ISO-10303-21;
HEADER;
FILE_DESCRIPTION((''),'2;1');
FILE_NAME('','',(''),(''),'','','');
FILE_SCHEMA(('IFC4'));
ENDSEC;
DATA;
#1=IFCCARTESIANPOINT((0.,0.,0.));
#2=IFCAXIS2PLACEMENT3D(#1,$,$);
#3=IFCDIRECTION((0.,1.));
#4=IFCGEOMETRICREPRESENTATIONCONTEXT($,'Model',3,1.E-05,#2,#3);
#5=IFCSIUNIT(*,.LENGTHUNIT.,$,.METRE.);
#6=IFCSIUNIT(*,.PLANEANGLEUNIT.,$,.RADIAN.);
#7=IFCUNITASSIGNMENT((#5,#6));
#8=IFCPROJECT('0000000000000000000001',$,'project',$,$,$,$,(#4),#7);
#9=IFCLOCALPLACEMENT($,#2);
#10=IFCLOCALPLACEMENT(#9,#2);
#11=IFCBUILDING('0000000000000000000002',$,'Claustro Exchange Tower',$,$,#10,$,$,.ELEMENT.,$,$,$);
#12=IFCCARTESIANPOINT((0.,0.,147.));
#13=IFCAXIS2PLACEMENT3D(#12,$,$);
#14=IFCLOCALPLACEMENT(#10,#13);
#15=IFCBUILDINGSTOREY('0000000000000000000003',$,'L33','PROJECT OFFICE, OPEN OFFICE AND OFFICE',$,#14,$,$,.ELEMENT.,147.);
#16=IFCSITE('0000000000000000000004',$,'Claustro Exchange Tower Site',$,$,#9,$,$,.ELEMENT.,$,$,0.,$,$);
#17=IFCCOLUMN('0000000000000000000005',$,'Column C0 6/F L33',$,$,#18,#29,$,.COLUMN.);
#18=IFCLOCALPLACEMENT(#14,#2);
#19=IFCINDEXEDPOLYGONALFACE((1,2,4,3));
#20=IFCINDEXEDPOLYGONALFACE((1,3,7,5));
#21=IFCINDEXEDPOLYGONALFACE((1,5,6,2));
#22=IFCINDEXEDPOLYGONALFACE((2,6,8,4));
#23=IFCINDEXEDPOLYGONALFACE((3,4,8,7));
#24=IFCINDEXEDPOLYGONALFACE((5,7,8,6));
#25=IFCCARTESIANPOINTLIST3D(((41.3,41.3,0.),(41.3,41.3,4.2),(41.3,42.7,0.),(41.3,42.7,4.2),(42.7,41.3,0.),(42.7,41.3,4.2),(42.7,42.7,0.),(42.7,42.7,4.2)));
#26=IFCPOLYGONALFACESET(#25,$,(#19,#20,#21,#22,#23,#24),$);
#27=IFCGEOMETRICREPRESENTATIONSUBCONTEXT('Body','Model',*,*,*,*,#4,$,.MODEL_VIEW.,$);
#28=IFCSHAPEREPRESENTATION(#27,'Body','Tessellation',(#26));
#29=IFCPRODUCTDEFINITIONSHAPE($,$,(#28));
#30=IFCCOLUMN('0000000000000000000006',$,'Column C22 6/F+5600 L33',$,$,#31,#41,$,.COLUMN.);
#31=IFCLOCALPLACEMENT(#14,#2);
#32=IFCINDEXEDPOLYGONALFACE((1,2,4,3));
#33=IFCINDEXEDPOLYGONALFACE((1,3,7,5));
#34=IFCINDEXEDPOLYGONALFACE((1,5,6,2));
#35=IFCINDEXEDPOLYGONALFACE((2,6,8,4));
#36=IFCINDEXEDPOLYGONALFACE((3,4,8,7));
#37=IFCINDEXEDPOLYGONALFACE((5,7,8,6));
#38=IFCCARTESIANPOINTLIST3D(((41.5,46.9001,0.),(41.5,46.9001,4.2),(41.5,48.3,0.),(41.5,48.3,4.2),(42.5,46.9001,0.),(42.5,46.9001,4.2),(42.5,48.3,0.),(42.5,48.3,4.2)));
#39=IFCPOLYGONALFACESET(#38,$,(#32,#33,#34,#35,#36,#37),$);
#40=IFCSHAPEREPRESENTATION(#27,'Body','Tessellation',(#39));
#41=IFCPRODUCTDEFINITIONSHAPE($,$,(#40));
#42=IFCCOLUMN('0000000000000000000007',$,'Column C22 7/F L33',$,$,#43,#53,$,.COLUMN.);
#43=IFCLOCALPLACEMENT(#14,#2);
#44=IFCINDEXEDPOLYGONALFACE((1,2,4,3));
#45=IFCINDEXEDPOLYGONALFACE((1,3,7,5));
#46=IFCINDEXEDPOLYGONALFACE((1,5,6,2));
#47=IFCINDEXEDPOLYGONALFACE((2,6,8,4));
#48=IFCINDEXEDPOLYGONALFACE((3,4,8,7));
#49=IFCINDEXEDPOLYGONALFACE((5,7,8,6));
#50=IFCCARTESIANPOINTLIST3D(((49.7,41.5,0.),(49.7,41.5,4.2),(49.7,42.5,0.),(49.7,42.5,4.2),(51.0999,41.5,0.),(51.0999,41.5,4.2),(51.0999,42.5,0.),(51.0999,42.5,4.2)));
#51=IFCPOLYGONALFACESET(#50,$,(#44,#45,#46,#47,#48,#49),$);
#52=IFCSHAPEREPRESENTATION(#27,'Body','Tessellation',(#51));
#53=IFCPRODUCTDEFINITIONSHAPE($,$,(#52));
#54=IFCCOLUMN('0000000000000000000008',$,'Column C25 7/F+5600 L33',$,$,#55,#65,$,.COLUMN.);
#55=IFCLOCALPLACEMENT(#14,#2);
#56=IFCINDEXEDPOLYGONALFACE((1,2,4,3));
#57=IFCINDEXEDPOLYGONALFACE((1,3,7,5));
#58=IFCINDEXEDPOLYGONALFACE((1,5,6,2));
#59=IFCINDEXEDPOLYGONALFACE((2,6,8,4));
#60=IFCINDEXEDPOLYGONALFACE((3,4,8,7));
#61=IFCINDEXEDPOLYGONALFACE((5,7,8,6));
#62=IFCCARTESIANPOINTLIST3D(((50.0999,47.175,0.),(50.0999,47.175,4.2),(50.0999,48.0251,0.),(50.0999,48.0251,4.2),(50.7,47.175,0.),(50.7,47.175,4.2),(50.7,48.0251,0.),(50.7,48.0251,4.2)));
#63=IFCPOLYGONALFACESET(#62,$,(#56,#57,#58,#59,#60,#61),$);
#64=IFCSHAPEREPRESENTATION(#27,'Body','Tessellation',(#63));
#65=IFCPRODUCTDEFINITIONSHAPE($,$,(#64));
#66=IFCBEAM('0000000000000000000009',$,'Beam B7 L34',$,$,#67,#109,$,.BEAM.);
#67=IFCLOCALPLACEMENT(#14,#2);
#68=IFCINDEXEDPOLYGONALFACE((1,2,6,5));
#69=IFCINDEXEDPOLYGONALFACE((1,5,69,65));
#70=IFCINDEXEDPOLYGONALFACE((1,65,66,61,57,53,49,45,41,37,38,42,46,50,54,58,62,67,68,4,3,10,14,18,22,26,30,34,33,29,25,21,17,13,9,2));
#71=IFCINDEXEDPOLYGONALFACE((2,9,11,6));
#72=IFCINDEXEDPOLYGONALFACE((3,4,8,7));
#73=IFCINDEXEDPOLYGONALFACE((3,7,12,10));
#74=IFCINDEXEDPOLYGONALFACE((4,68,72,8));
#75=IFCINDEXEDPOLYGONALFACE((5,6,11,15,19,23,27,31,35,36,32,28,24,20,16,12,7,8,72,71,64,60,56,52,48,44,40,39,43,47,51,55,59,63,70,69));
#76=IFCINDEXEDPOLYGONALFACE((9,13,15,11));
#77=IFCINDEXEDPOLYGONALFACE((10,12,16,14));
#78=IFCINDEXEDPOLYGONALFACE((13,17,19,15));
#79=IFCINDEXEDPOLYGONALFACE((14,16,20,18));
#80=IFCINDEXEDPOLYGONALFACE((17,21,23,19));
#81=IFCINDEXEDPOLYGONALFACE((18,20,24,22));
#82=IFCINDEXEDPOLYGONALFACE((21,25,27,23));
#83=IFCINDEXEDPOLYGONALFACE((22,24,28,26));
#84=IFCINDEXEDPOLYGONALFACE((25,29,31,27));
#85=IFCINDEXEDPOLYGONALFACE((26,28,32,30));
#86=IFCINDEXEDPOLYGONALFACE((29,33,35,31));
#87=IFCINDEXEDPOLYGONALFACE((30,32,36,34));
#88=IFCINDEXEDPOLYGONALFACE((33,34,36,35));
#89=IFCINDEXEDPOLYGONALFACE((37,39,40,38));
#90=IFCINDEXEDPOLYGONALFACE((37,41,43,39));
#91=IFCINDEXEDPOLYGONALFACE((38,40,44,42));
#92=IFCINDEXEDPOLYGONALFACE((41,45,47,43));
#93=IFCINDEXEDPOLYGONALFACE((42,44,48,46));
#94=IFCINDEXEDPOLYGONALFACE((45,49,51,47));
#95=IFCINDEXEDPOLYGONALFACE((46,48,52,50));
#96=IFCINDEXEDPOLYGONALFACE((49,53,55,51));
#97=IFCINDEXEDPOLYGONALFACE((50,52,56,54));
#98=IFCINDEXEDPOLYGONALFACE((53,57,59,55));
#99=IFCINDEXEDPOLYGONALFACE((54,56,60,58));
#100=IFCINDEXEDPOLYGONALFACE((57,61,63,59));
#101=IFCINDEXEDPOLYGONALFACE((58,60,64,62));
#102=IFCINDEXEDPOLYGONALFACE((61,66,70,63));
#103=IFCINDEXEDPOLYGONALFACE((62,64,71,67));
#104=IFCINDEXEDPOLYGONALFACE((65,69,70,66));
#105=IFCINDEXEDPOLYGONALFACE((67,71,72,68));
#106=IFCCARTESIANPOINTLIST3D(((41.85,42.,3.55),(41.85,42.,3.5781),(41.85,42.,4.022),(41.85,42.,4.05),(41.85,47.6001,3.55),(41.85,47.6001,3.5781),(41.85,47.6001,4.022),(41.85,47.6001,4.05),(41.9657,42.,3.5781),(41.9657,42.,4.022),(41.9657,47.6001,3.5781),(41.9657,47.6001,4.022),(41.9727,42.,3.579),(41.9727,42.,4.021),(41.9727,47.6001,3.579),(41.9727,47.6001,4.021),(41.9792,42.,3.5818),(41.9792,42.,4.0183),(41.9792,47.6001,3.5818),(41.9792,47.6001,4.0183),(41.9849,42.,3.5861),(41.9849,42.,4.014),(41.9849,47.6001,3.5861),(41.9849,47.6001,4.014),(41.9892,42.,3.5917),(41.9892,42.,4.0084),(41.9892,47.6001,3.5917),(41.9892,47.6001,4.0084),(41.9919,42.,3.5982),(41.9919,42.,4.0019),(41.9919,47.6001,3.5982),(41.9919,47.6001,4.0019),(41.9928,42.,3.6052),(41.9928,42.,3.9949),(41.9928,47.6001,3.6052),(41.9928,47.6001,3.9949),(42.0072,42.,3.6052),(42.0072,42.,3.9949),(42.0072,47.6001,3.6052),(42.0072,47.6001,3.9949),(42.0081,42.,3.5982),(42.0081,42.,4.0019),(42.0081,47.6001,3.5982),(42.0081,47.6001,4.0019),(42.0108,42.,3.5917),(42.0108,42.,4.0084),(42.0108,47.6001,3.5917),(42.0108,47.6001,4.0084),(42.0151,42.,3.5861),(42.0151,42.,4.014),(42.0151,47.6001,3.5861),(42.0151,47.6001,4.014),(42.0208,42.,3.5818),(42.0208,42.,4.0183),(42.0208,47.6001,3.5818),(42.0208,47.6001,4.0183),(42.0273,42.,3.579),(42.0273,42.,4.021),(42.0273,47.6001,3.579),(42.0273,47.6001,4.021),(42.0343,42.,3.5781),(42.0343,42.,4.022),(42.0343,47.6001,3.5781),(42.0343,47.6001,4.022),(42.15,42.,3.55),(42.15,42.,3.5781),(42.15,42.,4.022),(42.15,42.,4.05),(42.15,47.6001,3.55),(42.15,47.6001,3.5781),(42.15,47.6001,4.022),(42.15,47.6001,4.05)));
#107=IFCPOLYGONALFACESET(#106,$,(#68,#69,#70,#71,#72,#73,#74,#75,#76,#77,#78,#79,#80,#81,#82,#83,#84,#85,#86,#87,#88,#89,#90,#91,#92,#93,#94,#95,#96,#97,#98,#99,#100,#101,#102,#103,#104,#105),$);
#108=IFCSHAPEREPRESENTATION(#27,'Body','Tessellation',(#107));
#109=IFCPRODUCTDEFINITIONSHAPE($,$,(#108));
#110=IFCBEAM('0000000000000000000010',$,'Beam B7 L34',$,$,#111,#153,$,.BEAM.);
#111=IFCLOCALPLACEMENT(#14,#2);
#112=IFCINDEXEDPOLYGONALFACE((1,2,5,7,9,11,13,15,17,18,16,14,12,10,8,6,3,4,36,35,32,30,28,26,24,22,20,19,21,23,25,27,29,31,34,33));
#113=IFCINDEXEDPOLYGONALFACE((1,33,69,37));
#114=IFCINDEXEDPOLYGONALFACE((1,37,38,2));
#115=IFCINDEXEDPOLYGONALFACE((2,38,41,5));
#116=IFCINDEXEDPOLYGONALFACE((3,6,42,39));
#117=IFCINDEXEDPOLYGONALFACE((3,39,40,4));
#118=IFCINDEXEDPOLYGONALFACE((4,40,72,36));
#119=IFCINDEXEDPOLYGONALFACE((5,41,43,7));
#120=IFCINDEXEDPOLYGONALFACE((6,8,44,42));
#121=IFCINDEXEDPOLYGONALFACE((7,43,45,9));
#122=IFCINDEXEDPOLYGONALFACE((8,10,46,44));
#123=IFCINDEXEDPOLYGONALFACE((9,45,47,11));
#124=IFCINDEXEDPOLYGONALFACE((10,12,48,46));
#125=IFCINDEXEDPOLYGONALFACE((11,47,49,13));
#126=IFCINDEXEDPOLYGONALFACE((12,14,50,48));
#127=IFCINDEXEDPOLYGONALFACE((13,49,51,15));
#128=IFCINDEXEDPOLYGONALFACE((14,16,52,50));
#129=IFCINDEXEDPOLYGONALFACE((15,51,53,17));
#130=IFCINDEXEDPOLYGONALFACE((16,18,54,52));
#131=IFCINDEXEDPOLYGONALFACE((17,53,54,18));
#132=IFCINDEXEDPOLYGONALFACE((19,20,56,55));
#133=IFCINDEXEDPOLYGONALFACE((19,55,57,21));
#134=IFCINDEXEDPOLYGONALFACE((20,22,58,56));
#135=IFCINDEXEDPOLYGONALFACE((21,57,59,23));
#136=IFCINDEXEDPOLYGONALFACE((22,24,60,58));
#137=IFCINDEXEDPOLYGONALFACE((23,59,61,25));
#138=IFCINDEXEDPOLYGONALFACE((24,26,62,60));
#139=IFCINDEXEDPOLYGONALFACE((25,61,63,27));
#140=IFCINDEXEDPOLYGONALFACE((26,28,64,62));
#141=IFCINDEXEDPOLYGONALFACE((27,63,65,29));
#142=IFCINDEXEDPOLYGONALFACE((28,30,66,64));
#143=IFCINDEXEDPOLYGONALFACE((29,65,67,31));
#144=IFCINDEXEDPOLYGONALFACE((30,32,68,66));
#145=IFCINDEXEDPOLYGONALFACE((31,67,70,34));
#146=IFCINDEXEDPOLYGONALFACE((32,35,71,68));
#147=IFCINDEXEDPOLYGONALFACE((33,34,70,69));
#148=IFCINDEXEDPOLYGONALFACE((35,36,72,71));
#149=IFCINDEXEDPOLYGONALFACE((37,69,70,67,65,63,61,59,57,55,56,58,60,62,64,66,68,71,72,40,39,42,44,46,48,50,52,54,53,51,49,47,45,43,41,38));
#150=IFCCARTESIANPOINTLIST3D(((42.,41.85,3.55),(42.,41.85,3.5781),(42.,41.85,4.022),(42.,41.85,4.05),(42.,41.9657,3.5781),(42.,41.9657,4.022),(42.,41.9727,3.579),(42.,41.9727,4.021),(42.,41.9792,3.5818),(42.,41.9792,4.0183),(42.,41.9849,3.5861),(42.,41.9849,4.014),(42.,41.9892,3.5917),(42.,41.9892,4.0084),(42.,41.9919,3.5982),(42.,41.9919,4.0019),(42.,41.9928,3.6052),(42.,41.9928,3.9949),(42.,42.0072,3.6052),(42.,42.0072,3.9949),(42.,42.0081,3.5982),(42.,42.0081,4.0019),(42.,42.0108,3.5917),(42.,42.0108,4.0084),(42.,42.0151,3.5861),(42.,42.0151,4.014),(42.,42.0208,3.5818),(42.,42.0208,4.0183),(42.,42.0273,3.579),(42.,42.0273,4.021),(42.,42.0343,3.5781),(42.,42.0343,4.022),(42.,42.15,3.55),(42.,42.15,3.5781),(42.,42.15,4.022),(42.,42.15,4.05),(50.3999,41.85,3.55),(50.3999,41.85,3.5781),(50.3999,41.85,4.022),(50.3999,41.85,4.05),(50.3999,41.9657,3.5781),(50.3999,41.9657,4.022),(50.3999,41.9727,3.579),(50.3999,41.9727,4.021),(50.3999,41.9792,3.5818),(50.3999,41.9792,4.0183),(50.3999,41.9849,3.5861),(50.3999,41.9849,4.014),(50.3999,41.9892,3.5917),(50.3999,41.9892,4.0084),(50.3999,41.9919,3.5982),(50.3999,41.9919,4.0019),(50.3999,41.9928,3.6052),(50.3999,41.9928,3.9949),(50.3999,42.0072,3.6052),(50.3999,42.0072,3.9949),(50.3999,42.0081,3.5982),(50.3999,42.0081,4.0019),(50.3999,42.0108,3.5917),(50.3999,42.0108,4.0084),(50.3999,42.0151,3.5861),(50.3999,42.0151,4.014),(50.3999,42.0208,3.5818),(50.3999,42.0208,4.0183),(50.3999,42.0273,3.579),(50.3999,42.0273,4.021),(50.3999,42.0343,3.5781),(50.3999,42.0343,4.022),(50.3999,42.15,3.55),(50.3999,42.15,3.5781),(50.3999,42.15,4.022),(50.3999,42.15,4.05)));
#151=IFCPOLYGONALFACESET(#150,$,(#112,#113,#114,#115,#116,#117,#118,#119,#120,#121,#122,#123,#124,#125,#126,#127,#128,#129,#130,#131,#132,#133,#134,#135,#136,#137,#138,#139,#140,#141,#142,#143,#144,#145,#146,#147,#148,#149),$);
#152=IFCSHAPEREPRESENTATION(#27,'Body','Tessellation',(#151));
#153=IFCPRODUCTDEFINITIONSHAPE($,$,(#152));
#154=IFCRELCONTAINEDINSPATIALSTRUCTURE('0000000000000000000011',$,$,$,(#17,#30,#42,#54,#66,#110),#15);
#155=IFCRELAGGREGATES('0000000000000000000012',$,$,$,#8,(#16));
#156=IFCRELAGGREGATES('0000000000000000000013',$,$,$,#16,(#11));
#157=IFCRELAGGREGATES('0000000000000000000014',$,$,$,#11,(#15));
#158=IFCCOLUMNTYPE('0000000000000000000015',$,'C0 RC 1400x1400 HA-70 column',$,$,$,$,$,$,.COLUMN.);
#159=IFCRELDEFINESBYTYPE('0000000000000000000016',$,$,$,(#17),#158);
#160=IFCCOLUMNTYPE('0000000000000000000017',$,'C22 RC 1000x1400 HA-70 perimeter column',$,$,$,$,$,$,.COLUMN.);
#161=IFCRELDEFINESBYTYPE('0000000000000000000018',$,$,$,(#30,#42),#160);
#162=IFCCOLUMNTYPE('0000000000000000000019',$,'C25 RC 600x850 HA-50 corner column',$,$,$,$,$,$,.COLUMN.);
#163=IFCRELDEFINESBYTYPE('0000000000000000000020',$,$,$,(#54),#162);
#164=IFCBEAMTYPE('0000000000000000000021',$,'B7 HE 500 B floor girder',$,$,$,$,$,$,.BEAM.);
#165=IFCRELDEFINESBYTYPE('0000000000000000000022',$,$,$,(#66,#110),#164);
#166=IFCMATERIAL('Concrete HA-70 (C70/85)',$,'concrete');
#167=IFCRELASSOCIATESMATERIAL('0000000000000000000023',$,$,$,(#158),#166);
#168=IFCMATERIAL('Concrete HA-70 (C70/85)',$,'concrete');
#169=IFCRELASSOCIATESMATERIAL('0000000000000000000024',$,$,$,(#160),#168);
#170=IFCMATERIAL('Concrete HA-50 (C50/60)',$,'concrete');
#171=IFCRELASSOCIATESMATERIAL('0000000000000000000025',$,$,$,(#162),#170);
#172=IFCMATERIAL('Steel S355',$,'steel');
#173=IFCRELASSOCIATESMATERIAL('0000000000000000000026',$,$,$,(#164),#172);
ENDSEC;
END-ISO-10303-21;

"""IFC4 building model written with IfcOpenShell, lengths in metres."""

from ifc_helpers import new_model, si_unit, direction, frame, origin, origin_2d, place, context, subcontext, project, spatial, rectangle, i_section, extrude, material, material_profile, profile_set, type_object, element, save


model = new_model("IFC4")

# Units and contexts
model_context = context("Model", 3, precision=1e-05, world=origin(), true_north=direction((0.0, 1.0)))
body_context = subcontext(model_context, "Body", "Model", "MODEL_VIEW")
ifc_project = project(units=[si_unit("LENGTHUNIT", "METRE"), si_unit("PLANEANGLEUNIT", "RADIAN")], contexts=[model_context])

# Site, building, storey
site_placement = place(None, origin())
site = spatial("IfcSite", under=ifc_project, at=site_placement, Name="Claustro Exchange Tower Site", CompositionType="ELEMENT", RefElevation=0.0)
building_placement = place(site_placement, origin())
building = spatial("IfcBuilding", under=site, at=building_placement, Name="Claustro Exchange Tower", CompositionType="ELEMENT")
storey_placement = place(building_placement, frame((0.0, 0.0, 147.0)))
storey = spatial("IfcBuildingStorey", under=building, at=storey_placement, Name="L33", Description="PROJECT OFFICE, OPEN OFFICE AND OFFICE", CompositionType="ELEMENT", Elevation=147.0)

# Columns
ifc_material_1 = material(Name="Concrete HA-70 (C70/85)", Category="concrete")
ifc_material_profile_1 = material_profile(ifc_material_1, rectangle(XDim=1.3999, YDim=1.3999, at=origin_2d()), Name="RC 1400x1400")
ifc_profile_set_1 = profile_set([ifc_material_profile_1], Name="Concrete HA-70 (C70/85)")
column_type_1 = type_object("IfcColumnType", Name="C0 RC 1400x1400 HA-70 column", PredefinedType="COLUMN", material=ifc_profile_set_1)
column_1_placement = place(storey_placement, frame((42.0, 42.0, 0.0), z_axis=(0.0, 0.0, 1.0), x_axis=(1.0, 0.0, 0.0)))
element("IfcColumn", 1, at=column_1_placement, inside=storey, type_object=column_type_1, Name="Column C0 6/F L33", PredefinedType="COLUMN", context=body_context, shape_type="SweptSolid", body=[
    extrude(rectangle(XDim=1.3999, YDim=1.3999, at=origin_2d()), origin(), (0.0, 0.0, 1.0), 4.2),
])
ifc_material_2 = material(Name="Concrete HA-70 (C70/85)", Category="concrete")
ifc_material_profile_2 = material_profile(ifc_material_2, rectangle(XDim=1.0, YDim=1.3999, at=origin_2d()), Name="RC 1000x1400")
ifc_profile_set_2 = profile_set([ifc_material_profile_2], Name="Concrete HA-70 (C70/85)")
column_type_2 = type_object("IfcColumnType", Name="C22 RC 1000x1400 HA-70 perimeter column", PredefinedType="COLUMN", material=ifc_profile_set_2)
for number, where, z_axis, x_axis, name in (
    (2, (42.0, 47.6001, 0.0), (0.0, 0.0, 1.0), (1.0, 0.0, 0.0), "Column C22 6/F+5600 L33"),
    (3, (50.3999, 42.0, 0.0), (0.0, 0.0, 1.0), (0.0, 1.0, 0.0), "Column C22 7/F L33"),
):
    element("IfcColumn", number, at=place(storey_placement, frame(where, z_axis=z_axis, x_axis=x_axis)), inside=storey, type_object=column_type_2, Name=name, PredefinedType="COLUMN", context=body_context, shape_type="SweptSolid", body=[
        extrude(rectangle(XDim=1.0, YDim=1.3999, at=origin_2d()), origin(), (0.0, 0.0, 1.0), 4.2),
    ])
ifc_material_3 = material(Name="Concrete HA-50 (C50/60)", Category="concrete")
ifc_material_profile_3 = material_profile(ifc_material_3, rectangle(XDim=0.6001, YDim=0.8501, at=origin_2d()), Name="RC 600x850")
ifc_profile_set_3 = profile_set([ifc_material_profile_3], Name="Concrete HA-50 (C50/60)")
column_type_3 = type_object("IfcColumnType", Name="C25 RC 600x850 HA-50 corner column", PredefinedType="COLUMN", material=ifc_profile_set_3)
column_2_placement = place(storey_placement, frame((50.3999, 47.6001, 0.0), z_axis=(0.0, 0.0, 1.0), x_axis=(1.0, 0.0, 0.0)))
element("IfcColumn", 4, at=column_2_placement, inside=storey, type_object=column_type_3, Name="Column C25 7/F+5600 L33", PredefinedType="COLUMN", context=body_context, shape_type="SweptSolid", body=[
    extrude(rectangle(XDim=0.6001, YDim=0.8501, at=origin_2d()), origin(), (0.0, 0.0, 1.0), 4.2),
])

# Beams
ifc_material_4 = material(Name="Steel S355", Category="steel")
ifc_material_profile_4 = material_profile(ifc_material_4, i_section(OverallWidth=0.3, OverallDepth=0.5, WebThickness=0.0144, FlangeThickness=0.0281, FilletRadius=0.0271, at=origin_2d()), Name="HE 500 B")
ifc_profile_set_4 = profile_set([ifc_material_profile_4], Name="Steel S355")
beam_type_1 = type_object("IfcBeamType", Name="B7 HE 500 B floor girder", PredefinedType="BEAM", material=ifc_profile_set_4)
beam_1_placement = place(storey_placement, frame((42.0, 42.0, 3.8), z_axis=(0.0, 1.0, 0.0), x_axis=(-1.0, 0.0, 0.0)))
element("IfcBeam", 5, at=beam_1_placement, inside=storey, type_object=beam_type_1, Name="Beam B7 L34", PredefinedType="BEAM", context=body_context, shape_type="SweptSolid", body=[
    extrude(i_section(OverallWidth=0.3, OverallDepth=0.5, WebThickness=0.0144, FlangeThickness=0.0281, FilletRadius=0.0271, at=origin_2d()), origin(), (0.0, 0.0, 1.0), 5.6001),
])
beam_2_placement = place(storey_placement, frame((42.0, 42.0, 3.8), z_axis=(1.0, 0.0, 0.0), x_axis=(0.0, 1.0, 0.0)))
element("IfcBeam", 6, at=beam_2_placement, inside=storey, type_object=beam_type_1, Name="Beam B7 L34", PredefinedType="BEAM", context=body_context, shape_type="SweptSolid", body=[
    extrude(i_section(OverallWidth=0.3, OverallDepth=0.5, WebThickness=0.0144, FlangeThickness=0.0281, FilletRadius=0.0271, at=origin_2d()), origin(), (0.0, 0.0, 1.0), 8.3999),
])

save(model, "model.ifc")
